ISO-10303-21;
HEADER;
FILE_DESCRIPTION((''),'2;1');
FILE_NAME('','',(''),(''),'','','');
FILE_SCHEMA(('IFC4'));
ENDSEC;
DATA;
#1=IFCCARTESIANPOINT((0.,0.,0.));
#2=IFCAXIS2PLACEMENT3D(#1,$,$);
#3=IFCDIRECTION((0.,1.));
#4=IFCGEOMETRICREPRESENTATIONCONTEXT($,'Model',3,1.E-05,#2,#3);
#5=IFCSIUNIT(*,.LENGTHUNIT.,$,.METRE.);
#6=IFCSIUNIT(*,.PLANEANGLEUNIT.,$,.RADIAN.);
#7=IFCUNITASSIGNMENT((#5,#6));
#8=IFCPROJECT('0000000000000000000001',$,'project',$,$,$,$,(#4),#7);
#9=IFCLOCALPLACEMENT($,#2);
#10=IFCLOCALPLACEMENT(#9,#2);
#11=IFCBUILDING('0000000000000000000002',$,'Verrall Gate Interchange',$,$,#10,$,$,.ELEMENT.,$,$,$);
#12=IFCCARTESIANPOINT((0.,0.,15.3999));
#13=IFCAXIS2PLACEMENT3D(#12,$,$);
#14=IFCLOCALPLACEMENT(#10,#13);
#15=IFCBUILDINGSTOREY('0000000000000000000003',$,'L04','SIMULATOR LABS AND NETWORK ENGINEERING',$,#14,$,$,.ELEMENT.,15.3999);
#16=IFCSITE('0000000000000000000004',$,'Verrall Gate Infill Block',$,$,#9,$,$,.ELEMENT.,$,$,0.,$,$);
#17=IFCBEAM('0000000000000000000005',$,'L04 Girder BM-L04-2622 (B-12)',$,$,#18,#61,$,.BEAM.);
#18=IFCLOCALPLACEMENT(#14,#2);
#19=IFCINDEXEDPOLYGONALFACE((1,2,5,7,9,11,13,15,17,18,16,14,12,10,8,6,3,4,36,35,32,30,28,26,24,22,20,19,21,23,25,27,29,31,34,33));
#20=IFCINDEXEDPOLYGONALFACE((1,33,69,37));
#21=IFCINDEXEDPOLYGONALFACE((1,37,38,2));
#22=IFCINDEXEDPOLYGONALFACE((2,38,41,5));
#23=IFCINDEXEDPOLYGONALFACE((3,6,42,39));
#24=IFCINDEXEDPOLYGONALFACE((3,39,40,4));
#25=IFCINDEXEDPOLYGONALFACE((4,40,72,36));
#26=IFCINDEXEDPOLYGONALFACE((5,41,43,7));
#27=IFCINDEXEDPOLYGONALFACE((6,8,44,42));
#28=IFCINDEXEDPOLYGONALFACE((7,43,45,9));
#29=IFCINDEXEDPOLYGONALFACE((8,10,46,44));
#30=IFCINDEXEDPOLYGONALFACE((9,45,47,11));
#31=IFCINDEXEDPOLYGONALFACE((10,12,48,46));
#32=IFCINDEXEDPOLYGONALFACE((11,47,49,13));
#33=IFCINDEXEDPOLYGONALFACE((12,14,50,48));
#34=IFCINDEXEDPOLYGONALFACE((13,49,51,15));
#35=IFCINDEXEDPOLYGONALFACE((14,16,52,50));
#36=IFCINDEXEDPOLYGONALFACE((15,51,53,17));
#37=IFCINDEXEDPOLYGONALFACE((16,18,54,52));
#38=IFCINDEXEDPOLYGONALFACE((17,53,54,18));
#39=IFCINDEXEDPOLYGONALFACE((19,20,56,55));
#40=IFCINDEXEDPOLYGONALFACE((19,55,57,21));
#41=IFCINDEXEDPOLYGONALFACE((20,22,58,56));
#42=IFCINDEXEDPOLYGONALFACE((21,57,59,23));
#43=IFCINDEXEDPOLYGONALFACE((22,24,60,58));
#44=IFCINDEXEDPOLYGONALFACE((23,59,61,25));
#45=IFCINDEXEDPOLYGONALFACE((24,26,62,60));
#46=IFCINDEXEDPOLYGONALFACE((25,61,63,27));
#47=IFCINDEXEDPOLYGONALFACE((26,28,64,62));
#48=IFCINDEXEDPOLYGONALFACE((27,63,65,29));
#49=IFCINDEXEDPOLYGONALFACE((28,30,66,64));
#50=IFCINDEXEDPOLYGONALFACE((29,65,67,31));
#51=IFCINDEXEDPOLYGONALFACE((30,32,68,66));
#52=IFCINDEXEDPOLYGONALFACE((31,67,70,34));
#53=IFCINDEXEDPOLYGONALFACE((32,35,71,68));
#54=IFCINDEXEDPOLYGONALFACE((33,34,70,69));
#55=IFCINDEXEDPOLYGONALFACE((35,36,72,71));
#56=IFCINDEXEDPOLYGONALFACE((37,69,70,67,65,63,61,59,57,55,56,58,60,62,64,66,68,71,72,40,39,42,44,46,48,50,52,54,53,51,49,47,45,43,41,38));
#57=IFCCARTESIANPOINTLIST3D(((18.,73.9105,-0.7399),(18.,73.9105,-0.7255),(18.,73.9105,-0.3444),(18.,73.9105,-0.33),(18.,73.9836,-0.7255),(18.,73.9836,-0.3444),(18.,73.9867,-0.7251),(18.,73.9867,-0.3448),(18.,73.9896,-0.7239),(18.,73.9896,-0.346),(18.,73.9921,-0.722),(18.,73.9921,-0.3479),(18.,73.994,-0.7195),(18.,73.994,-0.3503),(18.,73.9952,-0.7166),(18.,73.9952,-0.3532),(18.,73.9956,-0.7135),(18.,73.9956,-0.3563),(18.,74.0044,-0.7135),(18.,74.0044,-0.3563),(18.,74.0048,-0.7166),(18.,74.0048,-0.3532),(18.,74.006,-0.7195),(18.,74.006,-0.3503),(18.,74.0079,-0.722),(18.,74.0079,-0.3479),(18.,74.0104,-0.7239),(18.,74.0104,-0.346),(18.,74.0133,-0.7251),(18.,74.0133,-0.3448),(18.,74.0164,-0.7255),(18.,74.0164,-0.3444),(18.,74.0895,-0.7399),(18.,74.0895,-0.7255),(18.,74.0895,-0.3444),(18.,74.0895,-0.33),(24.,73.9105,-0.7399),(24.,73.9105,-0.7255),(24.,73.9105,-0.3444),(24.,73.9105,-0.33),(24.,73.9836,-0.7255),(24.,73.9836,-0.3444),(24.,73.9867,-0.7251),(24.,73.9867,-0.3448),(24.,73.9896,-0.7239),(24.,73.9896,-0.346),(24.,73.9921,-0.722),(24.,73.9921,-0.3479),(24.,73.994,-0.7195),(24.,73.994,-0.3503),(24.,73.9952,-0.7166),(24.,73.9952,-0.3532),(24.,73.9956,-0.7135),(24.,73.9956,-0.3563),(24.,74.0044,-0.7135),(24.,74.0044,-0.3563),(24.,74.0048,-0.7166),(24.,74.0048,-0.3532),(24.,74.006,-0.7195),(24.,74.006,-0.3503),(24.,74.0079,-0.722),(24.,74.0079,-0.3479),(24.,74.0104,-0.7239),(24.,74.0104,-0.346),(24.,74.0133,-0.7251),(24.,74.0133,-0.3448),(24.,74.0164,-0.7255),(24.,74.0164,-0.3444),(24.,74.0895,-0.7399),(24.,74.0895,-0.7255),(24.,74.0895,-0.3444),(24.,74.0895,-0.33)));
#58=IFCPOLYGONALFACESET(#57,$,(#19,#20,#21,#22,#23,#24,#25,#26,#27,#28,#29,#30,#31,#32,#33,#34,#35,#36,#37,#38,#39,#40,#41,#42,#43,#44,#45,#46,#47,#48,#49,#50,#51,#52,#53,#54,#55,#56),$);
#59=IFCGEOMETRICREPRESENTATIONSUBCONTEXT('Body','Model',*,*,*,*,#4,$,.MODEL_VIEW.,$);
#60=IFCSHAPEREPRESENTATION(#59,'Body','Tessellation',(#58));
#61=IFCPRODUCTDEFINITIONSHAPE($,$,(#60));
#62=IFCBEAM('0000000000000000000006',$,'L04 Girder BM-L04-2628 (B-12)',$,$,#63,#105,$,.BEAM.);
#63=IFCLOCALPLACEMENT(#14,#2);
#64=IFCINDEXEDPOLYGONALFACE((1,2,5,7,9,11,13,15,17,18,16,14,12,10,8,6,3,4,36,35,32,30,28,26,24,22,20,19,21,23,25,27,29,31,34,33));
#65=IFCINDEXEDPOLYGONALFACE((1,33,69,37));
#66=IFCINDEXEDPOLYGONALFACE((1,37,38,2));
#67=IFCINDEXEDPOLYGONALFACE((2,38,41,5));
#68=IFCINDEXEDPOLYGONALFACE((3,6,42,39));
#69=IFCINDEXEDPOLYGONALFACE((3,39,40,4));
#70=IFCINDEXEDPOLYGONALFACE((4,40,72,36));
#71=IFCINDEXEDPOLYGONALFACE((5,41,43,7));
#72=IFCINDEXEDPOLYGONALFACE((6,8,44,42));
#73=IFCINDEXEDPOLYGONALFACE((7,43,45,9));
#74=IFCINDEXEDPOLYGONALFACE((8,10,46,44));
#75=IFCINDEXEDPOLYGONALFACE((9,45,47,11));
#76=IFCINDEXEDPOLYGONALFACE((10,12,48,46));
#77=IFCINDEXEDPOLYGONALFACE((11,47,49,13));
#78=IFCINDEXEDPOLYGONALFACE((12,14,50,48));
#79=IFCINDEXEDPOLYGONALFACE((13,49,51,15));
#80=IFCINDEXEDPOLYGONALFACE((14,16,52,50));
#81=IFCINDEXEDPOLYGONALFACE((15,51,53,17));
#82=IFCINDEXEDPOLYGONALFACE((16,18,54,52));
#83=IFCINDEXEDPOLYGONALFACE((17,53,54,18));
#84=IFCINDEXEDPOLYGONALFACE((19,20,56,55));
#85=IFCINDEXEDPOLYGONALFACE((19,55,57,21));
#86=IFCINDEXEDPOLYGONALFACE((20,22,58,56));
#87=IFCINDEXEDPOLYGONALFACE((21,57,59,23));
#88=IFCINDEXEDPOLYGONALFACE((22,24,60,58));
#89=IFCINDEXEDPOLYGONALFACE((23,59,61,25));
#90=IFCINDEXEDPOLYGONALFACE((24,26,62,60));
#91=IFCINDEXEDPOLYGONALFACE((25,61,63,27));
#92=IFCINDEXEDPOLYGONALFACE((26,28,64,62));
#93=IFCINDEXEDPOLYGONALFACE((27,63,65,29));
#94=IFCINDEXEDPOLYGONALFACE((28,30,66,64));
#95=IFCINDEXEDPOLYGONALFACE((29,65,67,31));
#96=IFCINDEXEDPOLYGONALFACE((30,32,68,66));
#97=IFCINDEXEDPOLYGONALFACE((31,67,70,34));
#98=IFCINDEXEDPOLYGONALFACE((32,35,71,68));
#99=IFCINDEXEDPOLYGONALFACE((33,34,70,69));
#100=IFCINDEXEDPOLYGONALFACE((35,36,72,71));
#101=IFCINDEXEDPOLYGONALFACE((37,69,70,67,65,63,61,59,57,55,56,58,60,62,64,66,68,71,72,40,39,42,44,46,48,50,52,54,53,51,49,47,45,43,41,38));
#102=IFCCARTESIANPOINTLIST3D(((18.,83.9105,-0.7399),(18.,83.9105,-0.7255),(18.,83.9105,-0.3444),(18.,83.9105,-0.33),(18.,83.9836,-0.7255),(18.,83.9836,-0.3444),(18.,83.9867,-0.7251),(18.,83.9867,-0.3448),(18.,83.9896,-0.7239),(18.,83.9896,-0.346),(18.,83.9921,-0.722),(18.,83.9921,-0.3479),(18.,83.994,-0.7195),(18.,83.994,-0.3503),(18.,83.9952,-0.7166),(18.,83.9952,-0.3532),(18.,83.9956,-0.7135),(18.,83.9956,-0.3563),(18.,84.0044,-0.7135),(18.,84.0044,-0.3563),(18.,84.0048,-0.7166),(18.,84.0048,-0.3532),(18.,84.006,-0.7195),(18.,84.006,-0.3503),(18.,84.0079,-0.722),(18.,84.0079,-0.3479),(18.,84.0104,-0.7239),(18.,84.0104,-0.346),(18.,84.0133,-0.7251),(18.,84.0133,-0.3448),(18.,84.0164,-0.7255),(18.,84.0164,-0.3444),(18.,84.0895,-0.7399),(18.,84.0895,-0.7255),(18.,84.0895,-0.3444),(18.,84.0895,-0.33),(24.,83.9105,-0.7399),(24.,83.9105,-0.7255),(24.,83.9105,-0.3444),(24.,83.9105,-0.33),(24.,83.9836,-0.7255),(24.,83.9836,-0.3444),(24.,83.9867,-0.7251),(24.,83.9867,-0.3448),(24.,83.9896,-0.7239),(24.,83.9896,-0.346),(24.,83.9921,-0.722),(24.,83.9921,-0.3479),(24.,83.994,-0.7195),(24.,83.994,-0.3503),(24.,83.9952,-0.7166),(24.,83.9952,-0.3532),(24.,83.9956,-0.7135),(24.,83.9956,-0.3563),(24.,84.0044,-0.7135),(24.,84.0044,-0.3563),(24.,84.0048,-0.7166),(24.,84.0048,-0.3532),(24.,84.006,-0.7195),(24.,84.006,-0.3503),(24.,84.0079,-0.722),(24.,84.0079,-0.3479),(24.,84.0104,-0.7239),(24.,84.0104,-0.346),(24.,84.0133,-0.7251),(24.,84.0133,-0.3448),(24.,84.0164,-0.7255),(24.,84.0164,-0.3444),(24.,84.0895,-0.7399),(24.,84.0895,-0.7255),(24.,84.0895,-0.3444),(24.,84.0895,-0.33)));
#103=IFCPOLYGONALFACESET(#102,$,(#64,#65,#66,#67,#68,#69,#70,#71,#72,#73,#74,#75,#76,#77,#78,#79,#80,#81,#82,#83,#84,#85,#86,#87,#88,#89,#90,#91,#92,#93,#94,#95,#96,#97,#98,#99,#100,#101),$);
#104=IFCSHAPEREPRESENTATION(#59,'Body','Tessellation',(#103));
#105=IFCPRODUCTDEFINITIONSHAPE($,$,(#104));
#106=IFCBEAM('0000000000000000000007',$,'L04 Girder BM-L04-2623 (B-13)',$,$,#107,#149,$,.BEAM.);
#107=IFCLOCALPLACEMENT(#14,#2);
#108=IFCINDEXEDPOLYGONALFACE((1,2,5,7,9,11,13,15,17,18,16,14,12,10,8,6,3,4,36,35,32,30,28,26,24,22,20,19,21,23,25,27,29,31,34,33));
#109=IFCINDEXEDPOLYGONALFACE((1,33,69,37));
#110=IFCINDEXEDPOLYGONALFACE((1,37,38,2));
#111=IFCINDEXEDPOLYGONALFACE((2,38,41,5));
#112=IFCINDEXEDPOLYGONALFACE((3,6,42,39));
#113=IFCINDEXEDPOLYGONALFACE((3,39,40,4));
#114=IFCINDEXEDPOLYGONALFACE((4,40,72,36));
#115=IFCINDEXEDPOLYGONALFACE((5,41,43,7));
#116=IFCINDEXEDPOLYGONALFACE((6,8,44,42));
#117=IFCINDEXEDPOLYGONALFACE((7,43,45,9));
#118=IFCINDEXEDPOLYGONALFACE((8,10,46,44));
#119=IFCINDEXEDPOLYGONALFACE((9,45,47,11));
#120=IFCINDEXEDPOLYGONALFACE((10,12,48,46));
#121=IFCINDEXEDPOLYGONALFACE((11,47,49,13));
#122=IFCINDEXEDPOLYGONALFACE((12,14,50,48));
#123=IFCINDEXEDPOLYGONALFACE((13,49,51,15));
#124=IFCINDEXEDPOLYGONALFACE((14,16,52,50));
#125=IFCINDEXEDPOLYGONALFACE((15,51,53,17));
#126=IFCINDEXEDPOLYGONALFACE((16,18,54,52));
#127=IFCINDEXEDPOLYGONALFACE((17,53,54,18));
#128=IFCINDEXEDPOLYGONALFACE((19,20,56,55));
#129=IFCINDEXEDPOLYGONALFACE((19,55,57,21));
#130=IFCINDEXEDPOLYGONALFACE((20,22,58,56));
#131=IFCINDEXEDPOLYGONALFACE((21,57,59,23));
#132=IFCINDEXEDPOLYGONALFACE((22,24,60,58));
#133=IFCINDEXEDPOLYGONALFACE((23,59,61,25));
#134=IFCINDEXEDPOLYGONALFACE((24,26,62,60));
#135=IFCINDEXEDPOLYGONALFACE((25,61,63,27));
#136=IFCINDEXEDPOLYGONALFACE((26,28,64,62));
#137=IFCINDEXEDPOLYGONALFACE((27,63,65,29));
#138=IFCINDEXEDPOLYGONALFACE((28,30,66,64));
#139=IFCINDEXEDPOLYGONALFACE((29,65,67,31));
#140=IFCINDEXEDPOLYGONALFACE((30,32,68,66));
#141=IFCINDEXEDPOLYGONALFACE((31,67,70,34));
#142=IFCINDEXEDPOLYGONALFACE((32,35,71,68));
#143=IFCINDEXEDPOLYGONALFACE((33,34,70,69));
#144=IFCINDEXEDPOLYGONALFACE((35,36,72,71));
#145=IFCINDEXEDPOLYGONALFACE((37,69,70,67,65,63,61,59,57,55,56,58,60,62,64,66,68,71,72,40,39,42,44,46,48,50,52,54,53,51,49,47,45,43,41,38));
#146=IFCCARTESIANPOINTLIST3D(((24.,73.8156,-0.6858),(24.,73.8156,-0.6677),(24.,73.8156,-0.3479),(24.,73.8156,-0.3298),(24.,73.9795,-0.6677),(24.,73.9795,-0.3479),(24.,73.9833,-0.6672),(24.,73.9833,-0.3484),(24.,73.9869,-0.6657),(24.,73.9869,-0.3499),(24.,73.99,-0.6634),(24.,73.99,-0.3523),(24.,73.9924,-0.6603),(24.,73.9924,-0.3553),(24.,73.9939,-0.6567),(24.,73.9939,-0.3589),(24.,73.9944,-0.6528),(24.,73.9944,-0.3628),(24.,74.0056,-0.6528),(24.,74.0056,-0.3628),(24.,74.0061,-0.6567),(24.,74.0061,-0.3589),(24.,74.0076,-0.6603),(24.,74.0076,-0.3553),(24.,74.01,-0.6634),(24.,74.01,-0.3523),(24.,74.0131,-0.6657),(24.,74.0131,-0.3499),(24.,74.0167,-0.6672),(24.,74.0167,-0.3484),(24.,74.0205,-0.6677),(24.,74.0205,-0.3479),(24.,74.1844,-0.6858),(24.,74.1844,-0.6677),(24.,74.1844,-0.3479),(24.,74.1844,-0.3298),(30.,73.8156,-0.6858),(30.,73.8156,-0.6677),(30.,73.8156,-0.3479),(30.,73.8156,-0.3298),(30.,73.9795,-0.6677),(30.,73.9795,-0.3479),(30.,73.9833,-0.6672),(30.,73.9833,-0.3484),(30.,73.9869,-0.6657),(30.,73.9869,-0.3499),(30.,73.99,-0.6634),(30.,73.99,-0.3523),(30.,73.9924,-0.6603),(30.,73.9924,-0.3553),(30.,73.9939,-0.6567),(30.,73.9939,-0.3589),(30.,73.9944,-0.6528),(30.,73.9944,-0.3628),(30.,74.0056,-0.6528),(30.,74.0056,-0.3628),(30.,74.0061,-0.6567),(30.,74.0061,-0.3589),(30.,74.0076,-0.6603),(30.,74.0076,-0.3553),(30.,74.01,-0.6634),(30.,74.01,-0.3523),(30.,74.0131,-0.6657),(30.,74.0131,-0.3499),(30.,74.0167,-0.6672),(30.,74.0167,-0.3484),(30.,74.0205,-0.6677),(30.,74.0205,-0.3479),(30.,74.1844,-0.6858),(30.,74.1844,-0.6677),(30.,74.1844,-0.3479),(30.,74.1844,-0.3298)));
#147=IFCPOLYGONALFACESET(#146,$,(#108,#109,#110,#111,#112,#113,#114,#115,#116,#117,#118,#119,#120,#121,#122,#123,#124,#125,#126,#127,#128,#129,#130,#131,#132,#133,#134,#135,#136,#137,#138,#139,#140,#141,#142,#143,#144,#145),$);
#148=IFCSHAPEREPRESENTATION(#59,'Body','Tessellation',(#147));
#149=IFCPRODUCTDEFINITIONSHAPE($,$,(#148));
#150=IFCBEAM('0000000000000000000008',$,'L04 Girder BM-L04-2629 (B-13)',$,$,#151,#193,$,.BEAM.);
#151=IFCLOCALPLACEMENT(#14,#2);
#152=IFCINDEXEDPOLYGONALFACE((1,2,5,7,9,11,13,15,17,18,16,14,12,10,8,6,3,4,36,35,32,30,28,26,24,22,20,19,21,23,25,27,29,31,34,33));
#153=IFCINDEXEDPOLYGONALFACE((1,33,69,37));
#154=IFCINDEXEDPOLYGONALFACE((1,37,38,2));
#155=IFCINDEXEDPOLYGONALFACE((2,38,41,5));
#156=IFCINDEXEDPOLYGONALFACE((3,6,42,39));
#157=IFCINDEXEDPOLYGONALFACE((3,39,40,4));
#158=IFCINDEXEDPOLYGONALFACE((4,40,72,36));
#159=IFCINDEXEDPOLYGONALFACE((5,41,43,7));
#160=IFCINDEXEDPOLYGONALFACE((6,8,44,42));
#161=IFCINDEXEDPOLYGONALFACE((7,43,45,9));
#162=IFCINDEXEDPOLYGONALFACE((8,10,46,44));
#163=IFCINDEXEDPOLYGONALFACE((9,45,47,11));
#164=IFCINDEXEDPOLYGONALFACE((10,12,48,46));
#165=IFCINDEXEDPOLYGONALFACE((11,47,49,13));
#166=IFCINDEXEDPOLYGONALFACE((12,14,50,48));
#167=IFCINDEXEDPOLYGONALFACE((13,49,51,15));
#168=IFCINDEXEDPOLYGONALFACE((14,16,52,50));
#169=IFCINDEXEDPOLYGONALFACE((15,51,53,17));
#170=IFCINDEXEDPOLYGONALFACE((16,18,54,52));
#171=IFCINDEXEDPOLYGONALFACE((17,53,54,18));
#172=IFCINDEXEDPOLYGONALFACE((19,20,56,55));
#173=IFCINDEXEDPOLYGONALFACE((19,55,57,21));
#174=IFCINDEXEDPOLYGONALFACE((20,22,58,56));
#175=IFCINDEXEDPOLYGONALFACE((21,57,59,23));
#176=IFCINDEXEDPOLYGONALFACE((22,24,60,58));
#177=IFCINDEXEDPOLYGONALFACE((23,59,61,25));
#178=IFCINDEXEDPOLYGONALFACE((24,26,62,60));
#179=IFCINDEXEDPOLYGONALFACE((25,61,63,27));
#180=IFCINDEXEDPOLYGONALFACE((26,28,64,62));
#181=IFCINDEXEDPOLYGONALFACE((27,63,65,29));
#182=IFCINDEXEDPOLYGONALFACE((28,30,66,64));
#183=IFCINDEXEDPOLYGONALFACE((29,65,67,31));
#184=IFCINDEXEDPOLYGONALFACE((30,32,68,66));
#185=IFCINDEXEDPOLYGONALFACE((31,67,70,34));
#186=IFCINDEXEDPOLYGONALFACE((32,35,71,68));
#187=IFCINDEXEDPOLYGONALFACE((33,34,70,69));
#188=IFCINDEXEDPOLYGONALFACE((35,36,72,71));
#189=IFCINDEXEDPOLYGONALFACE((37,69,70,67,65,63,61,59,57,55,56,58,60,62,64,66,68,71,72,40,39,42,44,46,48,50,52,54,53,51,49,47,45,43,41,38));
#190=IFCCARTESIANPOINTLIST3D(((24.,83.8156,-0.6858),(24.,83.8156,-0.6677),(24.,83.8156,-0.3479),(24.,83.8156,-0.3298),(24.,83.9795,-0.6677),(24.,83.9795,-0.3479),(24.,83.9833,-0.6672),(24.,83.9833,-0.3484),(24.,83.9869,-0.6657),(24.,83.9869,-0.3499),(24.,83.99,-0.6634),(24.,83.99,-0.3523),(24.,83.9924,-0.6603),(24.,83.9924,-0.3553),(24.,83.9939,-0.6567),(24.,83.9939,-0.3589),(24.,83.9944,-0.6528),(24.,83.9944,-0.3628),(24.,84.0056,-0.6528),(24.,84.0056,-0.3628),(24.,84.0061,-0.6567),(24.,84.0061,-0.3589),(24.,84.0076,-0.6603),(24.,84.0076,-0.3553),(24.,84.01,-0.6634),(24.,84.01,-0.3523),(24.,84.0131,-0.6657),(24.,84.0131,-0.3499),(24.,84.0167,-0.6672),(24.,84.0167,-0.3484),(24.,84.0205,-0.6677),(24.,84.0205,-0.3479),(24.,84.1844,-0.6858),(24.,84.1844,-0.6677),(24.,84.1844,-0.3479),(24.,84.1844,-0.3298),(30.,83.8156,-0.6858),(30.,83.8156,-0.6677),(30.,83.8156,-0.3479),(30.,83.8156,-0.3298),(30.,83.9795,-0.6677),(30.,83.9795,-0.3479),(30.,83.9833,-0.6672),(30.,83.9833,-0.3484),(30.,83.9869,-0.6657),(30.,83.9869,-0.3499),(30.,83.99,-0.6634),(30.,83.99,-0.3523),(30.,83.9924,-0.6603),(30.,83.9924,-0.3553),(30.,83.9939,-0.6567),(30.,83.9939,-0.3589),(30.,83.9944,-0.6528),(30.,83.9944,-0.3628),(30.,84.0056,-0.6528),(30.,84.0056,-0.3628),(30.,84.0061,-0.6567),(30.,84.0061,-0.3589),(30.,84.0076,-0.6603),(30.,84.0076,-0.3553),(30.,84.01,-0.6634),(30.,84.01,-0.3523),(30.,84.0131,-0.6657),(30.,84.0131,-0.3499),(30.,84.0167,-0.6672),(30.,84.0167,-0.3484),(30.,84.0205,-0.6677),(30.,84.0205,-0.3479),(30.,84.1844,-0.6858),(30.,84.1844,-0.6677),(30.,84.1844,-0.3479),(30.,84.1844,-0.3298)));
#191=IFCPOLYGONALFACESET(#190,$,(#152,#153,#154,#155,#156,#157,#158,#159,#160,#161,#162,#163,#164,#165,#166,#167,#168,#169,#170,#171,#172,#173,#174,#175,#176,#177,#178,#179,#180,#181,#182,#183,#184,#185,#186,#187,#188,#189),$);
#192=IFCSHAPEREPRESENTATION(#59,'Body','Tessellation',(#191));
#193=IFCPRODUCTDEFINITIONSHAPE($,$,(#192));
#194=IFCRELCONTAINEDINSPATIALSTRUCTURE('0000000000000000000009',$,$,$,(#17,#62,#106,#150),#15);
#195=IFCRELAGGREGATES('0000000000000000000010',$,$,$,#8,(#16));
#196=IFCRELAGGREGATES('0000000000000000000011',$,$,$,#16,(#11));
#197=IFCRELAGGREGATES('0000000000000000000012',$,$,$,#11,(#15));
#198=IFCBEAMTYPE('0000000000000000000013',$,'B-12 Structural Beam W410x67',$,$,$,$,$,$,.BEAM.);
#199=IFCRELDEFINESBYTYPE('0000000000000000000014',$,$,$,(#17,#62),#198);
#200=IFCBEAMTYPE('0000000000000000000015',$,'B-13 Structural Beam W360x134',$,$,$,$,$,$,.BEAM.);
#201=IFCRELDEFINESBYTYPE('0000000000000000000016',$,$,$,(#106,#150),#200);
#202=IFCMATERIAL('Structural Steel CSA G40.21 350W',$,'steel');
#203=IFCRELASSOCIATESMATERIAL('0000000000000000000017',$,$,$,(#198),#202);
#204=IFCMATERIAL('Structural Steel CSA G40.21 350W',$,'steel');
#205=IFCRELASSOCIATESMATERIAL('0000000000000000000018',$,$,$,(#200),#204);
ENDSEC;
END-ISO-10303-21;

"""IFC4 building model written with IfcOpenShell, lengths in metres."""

from ifc_helpers import new_model, si_unit, direction, frame, origin, origin_2d, place, context, subcontext, project, spatial, i_section, extrude, material, material_profile, profile_set, type_object, element, save


model = new_model("IFC4")

# Units and contexts
model_context = context("Model", 3, precision=1e-05, world=origin(), true_north=direction((0.0, 1.0)))
body_context = subcontext(model_context, "Body", "Model", "MODEL_VIEW")
ifc_project = project(units=[si_unit("LENGTHUNIT", "METRE"), si_unit("PLANEANGLEUNIT", "RADIAN")], contexts=[model_context])

# Site, building, storey
site_placement = place(None, origin())
site = spatial("IfcSite", under=ifc_project, at=site_placement, Name="Verrall Gate Infill Block", CompositionType="ELEMENT", RefElevation=0.0)
building_placement = place(site_placement, origin())
building = spatial("IfcBuilding", under=site, at=building_placement, Name="Verrall Gate Interchange", CompositionType="ELEMENT")
storey_placement = place(building_placement, frame((0.0, 0.0, 15.3999)))
storey = spatial("IfcBuildingStorey", under=building, at=storey_placement, Name="L04", Description="SIMULATOR LABS AND NETWORK ENGINEERING", CompositionType="ELEMENT", Elevation=15.3999)

# Beams
ifc_material_1 = material(Name="Structural Steel CSA G40.21 350W", Category="steel")
ifc_material_profile_1 = material_profile(ifc_material_1, i_section(OverallWidth=0.179, OverallDepth=0.4099, WebThickness=0.0088, FlangeThickness=0.0144, FilletRadius=0.012, at=origin_2d()), Name="W410x67")
ifc_profile_set_1 = profile_set([ifc_material_profile_1], Name="Structural Steel CSA G40.21 350W")
beam_type_1 = type_object("IfcBeamType", Name="B-12 Structural Beam W410x67", PredefinedType="BEAM", material=ifc_profile_set_1)
for number, where, z_axis, x_axis, name in (
    (1, (18.0, 74.0, -0.5349), (1.0, 0.0, 0.0), (0.0, 1.0, 0.0), "L04 Girder BM-L04-2622 (B-12)"),
    (2, (18.0, 84.0, -0.5349), (1.0, 0.0, 0.0), (0.0, 1.0, 0.0), "L04 Girder BM-L04-2628 (B-12)"),
):
    element("IfcBeam", number, at=place(storey_placement, frame(where, z_axis=z_axis, x_axis=x_axis)), inside=storey, type_object=beam_type_1, Name=name, PredefinedType="BEAM", context=body_context, shape_type="SweptSolid", body=[
        extrude(i_section(OverallWidth=0.179, OverallDepth=0.4099, WebThickness=0.0088, FlangeThickness=0.0144, FilletRadius=0.012, at=origin_2d()), origin(), (0.0, 0.0, 1.0), 6.0),
    ])
ifc_material_2 = material(Name="Structural Steel CSA G40.21 350W", Category="steel")
ifc_material_profile_2 = material_profile(ifc_material_2, i_section(OverallWidth=0.3689, OverallDepth=0.356, WebThickness=0.0112, FlangeThickness=0.0181, FilletRadius=0.0149, at=origin_2d()), Name="W360x134")
ifc_profile_set_2 = profile_set([ifc_material_profile_2], Name="Structural Steel CSA G40.21 350W")
beam_type_2 = type_object("IfcBeamType", Name="B-13 Structural Beam W360x134", PredefinedType="BEAM", material=ifc_profile_set_2)
for number, where, z_axis, x_axis, name in (
    (3, (24.0, 74.0, -0.5078), (1.0, 0.0, 0.0), (0.0, 1.0, 0.0), "L04 Girder BM-L04-2623 (B-13)"),
    (4, (24.0, 84.0, -0.5078), (1.0, 0.0, 0.0), (0.0, 1.0, 0.0), "L04 Girder BM-L04-2629 (B-13)"),
):
    element("IfcBeam", number, at=place(storey_placement, frame(where, z_axis=z_axis, x_axis=x_axis)), inside=storey, type_object=beam_type_2, Name=name, PredefinedType="BEAM", context=body_context, shape_type="SweptSolid", body=[
        extrude(i_section(OverallWidth=0.3689, OverallDepth=0.356, WebThickness=0.0112, FlangeThickness=0.0181, FilletRadius=0.0149, at=origin_2d()), origin(), (0.0, 0.0, 1.0), 6.0),
    ])

save(model, "model.ifc")
